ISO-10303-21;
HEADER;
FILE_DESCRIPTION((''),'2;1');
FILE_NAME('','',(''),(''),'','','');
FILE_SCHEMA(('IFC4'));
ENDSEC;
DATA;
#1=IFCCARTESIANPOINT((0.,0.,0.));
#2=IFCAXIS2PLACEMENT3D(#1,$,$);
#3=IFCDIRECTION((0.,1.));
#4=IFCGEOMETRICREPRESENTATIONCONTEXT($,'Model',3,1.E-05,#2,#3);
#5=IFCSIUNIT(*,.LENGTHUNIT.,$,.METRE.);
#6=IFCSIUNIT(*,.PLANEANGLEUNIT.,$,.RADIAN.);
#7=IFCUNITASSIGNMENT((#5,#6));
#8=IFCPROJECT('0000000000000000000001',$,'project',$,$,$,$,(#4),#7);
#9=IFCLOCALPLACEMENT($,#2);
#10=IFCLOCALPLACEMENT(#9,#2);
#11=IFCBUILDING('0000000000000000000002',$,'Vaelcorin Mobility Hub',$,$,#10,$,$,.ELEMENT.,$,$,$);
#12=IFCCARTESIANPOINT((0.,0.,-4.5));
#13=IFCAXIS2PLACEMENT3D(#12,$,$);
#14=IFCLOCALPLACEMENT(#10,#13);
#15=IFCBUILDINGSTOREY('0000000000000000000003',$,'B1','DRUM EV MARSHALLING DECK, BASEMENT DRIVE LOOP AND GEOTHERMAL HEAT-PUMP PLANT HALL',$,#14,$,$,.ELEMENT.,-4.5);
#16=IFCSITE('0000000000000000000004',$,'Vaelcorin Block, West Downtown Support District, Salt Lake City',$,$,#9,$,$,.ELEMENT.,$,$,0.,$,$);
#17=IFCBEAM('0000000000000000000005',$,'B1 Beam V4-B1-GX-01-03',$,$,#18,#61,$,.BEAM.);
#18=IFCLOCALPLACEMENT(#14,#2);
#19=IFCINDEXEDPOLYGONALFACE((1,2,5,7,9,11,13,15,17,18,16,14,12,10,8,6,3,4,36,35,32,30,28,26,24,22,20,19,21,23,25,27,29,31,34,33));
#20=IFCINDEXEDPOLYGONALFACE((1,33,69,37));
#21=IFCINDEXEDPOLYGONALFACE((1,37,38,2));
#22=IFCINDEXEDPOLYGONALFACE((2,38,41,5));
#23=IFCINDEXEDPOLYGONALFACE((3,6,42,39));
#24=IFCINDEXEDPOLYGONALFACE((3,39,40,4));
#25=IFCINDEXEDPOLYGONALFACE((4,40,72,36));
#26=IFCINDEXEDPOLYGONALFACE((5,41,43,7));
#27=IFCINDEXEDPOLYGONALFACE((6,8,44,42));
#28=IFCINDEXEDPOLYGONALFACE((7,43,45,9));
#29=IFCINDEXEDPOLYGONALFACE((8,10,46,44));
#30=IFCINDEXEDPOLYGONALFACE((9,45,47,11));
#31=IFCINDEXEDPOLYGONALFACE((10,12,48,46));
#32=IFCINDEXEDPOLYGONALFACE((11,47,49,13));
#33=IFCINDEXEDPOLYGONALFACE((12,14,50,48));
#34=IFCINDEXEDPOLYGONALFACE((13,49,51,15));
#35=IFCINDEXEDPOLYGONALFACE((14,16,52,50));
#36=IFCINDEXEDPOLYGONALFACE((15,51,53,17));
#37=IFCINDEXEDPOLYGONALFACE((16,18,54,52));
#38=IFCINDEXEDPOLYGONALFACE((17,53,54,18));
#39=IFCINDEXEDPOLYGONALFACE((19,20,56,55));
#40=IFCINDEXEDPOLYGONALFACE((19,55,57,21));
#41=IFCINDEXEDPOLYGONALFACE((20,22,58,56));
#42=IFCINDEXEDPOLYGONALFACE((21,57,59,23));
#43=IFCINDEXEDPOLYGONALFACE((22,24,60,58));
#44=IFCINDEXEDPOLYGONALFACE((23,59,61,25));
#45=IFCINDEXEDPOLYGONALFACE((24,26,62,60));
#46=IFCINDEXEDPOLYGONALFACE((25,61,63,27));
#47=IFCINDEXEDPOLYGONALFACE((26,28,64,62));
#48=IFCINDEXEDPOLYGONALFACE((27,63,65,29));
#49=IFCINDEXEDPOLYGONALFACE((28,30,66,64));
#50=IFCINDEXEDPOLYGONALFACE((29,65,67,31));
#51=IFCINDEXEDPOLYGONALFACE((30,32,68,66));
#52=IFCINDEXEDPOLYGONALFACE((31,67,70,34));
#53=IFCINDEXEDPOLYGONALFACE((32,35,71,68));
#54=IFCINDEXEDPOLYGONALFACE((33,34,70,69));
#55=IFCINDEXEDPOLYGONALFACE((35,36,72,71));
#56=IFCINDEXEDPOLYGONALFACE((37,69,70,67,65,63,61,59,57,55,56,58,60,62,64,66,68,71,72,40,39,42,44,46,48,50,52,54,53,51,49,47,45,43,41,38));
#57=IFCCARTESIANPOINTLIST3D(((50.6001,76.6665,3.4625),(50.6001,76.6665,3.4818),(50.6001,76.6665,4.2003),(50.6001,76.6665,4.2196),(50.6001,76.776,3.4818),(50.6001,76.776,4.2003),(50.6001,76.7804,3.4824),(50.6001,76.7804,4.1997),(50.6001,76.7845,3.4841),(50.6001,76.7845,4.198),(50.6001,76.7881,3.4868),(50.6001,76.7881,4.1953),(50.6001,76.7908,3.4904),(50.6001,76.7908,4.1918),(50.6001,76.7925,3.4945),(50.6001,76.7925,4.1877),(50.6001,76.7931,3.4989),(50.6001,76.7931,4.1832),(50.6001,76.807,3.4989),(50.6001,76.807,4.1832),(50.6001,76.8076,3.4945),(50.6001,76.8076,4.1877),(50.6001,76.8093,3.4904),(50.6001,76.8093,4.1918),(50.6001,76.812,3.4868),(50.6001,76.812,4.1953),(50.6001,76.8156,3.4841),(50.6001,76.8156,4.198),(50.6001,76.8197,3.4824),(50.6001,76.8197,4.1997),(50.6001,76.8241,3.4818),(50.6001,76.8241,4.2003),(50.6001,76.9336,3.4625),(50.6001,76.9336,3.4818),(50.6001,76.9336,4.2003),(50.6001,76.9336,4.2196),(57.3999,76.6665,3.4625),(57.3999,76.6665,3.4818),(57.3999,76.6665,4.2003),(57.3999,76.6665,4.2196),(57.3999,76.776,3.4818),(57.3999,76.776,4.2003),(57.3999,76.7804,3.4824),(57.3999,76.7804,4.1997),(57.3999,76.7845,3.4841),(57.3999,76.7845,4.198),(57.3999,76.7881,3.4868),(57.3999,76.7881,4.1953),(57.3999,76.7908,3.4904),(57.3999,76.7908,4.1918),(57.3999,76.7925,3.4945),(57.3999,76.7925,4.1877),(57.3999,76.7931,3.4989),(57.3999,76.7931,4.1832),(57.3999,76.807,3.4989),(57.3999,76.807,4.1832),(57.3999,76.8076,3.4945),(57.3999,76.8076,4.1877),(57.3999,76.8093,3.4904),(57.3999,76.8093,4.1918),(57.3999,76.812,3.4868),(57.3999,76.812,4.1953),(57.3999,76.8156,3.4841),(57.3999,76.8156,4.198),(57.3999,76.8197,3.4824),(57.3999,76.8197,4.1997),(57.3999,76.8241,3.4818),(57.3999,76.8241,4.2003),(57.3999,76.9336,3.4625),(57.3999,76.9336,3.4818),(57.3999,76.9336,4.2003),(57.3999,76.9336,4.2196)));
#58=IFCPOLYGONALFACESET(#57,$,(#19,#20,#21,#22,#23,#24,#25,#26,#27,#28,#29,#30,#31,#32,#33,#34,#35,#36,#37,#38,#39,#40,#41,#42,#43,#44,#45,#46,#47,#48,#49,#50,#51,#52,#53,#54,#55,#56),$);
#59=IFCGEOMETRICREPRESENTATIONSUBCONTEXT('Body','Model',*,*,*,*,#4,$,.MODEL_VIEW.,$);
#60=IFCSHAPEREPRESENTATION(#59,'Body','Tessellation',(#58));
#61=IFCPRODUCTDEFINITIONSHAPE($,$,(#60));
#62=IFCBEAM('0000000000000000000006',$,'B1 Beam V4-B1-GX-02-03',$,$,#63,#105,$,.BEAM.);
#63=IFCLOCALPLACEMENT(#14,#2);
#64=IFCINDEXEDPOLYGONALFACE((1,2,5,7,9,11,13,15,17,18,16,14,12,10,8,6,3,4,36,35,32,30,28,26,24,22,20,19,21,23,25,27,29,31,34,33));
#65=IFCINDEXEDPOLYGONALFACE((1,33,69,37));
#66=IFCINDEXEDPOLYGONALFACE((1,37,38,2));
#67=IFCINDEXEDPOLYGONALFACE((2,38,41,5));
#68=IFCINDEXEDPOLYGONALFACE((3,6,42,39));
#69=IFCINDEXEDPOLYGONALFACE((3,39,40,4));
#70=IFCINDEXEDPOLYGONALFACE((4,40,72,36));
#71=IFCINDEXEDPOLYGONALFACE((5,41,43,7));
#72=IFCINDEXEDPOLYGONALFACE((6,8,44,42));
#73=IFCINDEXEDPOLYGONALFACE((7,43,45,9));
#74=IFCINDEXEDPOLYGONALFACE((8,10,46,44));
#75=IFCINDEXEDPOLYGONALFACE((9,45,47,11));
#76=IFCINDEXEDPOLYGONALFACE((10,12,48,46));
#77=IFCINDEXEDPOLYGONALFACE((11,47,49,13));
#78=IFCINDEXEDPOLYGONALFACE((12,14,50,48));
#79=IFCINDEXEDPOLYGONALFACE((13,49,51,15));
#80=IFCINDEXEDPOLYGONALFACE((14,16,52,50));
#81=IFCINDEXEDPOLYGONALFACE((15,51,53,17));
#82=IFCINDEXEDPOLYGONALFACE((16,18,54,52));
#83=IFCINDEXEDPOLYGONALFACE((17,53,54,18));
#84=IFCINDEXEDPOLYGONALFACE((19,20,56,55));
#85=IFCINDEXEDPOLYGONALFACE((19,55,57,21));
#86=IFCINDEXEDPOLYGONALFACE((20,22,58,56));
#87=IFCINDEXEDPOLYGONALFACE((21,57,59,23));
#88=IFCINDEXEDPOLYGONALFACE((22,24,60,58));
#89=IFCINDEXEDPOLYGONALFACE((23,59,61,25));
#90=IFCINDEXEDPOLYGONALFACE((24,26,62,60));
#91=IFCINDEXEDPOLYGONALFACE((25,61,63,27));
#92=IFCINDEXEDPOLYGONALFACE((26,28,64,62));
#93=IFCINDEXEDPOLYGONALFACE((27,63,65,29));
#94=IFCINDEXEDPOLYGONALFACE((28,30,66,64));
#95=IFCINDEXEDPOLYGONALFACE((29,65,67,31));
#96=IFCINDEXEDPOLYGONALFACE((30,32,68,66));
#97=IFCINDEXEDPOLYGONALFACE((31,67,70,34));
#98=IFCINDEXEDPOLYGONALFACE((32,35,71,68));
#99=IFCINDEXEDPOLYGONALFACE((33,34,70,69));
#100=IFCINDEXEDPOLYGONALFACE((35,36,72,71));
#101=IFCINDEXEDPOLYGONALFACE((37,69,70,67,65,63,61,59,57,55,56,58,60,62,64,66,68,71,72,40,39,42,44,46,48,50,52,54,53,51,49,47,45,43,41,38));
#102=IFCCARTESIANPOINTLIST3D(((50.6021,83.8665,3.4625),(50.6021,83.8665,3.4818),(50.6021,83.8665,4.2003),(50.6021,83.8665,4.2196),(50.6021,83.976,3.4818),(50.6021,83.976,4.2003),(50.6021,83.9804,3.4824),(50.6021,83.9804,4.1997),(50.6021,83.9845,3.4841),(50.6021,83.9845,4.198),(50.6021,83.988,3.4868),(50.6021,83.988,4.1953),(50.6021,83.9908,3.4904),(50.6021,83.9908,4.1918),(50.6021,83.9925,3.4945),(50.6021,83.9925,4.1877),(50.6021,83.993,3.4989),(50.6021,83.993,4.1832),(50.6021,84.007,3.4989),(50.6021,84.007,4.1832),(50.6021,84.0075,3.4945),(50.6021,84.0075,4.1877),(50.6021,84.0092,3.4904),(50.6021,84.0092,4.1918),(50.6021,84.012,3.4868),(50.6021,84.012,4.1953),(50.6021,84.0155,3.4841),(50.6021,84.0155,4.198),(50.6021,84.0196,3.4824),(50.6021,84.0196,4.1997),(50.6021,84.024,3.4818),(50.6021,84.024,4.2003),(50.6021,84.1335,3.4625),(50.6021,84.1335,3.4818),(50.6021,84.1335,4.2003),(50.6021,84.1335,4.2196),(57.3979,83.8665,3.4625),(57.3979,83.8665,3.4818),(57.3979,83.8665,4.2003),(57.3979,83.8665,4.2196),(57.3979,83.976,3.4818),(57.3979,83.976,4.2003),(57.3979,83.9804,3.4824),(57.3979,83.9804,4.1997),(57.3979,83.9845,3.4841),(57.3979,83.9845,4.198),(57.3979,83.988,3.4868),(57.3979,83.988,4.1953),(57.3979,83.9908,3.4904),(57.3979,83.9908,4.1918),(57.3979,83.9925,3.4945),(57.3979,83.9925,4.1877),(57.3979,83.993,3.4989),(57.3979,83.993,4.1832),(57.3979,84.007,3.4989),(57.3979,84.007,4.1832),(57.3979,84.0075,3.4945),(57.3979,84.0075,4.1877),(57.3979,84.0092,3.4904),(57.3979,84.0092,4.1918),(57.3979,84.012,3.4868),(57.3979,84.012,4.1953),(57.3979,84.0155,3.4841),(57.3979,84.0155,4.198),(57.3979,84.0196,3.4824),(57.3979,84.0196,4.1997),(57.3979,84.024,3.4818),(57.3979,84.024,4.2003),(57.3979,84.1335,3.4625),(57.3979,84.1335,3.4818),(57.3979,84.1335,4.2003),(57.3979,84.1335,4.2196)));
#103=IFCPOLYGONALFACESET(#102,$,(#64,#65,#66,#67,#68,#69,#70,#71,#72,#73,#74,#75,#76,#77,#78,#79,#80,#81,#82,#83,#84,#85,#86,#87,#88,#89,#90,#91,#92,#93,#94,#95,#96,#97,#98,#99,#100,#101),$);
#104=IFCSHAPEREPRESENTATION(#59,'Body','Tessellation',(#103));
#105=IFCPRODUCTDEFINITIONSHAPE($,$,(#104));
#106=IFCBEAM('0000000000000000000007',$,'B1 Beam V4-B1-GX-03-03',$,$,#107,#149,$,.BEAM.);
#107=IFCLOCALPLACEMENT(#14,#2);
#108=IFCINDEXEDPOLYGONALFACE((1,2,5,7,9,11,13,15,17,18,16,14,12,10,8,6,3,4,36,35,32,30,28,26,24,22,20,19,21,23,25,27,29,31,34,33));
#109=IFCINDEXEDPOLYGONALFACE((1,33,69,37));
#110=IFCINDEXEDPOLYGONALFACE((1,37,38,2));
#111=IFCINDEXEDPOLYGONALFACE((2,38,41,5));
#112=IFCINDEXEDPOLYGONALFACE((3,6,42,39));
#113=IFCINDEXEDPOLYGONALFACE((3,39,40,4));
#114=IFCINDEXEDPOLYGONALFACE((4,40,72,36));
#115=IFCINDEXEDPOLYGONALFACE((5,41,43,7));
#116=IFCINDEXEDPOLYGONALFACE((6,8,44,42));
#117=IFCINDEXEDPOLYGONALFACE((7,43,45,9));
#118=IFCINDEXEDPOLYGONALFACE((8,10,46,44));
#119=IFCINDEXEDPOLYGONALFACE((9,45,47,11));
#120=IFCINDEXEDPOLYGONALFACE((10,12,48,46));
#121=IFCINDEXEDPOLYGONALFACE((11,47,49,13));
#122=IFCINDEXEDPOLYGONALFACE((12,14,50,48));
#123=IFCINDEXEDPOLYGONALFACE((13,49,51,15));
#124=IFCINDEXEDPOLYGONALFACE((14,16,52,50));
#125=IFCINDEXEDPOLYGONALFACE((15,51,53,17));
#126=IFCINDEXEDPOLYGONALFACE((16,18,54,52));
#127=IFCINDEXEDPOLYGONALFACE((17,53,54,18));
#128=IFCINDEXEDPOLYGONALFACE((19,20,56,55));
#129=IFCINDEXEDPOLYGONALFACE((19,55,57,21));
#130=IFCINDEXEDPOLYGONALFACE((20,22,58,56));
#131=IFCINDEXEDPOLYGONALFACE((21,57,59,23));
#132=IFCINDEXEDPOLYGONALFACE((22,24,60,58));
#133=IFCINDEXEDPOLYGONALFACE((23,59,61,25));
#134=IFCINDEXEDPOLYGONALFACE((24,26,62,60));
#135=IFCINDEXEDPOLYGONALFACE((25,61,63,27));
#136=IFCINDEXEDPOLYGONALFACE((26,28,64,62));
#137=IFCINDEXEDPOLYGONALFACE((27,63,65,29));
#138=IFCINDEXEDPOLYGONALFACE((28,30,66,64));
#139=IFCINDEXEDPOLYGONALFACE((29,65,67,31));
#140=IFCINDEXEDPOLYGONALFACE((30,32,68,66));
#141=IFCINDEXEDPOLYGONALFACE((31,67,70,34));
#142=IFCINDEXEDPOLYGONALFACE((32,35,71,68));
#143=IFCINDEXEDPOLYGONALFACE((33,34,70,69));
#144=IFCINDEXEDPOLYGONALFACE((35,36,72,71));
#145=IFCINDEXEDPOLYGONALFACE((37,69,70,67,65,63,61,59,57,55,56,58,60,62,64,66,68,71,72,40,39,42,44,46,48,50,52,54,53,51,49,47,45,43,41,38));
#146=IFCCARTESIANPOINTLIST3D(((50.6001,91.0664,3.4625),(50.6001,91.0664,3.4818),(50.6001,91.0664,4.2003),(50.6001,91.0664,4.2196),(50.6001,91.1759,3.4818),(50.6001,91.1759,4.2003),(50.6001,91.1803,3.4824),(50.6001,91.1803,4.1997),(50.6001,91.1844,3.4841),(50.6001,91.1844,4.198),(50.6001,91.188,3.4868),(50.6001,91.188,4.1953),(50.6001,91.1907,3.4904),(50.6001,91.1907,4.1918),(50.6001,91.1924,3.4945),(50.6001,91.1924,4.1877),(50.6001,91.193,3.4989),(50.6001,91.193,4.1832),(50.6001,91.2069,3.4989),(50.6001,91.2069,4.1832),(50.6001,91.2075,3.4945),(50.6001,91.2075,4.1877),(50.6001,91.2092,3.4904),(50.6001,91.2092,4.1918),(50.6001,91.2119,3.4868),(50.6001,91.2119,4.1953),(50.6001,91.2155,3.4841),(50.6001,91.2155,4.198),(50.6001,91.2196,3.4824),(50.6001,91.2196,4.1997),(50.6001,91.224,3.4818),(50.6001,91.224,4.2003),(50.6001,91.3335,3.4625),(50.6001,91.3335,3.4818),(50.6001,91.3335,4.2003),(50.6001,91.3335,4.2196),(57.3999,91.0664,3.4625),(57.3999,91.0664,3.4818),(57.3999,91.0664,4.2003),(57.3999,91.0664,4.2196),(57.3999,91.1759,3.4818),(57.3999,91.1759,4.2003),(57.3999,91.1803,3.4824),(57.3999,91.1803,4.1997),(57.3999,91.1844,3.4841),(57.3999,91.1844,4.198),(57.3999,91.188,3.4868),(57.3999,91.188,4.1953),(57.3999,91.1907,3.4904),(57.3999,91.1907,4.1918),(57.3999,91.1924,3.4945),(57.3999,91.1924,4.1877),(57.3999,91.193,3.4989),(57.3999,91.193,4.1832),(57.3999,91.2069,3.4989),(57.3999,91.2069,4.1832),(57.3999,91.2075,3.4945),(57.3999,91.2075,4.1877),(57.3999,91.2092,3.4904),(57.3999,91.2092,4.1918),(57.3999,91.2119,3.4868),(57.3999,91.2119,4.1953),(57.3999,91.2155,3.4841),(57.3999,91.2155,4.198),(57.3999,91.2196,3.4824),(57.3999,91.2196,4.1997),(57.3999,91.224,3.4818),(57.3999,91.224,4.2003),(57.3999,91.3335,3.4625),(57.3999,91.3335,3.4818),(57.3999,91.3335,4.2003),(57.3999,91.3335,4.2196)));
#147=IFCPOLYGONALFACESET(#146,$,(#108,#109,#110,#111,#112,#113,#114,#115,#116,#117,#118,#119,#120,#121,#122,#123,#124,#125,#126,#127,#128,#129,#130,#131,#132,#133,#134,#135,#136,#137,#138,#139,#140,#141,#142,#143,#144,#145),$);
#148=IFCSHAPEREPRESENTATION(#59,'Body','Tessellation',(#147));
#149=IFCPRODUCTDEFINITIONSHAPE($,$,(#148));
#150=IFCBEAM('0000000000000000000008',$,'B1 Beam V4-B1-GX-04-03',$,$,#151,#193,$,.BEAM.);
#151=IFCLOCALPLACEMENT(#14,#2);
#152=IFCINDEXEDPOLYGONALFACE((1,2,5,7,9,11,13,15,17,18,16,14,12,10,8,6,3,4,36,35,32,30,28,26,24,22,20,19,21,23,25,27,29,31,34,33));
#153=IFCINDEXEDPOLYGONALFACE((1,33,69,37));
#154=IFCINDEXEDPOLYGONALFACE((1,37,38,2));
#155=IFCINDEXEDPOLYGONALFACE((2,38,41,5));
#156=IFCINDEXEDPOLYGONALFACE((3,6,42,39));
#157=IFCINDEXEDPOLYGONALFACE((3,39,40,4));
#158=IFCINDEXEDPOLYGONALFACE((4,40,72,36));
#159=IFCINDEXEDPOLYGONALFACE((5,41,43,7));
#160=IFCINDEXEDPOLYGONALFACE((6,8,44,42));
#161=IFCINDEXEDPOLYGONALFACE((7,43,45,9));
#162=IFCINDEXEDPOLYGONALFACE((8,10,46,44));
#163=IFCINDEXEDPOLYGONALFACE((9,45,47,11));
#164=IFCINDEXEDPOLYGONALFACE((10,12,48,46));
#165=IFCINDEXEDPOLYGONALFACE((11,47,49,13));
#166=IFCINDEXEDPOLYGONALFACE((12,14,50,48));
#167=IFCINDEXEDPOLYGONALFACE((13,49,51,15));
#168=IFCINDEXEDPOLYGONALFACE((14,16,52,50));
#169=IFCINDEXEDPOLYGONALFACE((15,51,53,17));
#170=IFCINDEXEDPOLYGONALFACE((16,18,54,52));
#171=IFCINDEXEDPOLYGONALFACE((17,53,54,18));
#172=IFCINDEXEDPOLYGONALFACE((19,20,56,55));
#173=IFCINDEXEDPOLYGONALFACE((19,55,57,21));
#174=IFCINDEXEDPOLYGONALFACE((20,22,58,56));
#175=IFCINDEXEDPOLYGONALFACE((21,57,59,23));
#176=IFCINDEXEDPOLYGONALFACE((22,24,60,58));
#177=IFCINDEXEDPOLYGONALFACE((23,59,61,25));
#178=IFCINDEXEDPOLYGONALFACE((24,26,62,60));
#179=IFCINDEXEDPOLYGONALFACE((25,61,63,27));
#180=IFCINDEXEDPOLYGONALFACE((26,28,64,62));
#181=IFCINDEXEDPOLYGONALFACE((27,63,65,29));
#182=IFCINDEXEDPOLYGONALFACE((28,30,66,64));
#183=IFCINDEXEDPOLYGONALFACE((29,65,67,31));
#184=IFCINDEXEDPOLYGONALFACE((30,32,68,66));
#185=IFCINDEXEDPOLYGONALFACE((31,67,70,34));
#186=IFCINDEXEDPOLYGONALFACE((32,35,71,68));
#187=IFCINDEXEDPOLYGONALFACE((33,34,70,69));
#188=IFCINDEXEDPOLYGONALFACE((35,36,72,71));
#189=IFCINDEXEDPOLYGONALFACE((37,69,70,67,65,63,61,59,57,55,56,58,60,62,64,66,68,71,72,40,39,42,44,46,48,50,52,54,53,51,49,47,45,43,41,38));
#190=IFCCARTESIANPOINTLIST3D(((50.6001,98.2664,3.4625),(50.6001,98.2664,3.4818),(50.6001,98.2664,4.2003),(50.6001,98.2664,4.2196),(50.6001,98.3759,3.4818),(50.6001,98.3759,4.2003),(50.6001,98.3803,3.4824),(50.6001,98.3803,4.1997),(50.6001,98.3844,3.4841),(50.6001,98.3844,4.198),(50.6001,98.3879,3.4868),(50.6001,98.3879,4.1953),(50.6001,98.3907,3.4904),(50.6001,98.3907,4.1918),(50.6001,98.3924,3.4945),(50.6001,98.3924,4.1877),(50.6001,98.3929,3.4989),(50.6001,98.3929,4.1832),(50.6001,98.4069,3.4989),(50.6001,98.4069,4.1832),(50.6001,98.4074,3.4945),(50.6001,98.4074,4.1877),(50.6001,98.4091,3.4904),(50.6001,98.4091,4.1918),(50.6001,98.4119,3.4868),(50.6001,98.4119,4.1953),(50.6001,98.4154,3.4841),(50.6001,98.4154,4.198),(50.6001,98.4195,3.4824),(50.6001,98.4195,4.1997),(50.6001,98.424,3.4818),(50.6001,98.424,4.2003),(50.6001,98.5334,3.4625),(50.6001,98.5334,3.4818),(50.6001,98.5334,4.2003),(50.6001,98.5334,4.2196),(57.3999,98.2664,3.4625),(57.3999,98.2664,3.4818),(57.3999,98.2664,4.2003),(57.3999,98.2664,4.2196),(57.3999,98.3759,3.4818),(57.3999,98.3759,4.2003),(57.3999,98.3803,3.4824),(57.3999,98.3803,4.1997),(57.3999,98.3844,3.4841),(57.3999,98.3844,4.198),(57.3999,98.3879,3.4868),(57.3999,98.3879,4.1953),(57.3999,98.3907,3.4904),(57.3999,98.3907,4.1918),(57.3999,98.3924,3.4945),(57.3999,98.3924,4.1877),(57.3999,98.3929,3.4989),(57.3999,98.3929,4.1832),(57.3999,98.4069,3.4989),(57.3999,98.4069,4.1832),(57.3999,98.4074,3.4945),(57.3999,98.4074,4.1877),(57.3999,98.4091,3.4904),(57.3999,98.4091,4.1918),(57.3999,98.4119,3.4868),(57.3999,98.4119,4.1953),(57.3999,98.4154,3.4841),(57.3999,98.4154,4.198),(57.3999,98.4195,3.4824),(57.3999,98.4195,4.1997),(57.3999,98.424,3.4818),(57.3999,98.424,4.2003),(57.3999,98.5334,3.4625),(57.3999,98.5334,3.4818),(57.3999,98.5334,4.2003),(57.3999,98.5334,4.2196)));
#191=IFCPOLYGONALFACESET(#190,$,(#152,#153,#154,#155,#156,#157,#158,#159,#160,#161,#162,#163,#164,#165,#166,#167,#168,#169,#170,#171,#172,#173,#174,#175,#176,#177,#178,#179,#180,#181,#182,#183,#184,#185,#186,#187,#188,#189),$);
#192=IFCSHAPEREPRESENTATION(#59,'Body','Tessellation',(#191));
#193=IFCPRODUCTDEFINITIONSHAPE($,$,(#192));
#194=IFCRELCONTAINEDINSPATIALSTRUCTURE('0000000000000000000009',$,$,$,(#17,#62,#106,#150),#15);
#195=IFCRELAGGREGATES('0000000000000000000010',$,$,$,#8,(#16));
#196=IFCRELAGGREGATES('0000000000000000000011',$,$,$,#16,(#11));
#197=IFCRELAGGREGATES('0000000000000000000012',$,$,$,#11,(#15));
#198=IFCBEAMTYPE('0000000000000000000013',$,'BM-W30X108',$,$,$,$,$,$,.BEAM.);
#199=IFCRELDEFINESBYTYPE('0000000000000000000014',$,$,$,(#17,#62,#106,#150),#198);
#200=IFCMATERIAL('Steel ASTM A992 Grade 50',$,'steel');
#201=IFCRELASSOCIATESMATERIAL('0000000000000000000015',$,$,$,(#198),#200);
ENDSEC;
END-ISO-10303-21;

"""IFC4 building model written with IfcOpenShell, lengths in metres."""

from ifc_helpers import new_model, si_unit, direction, frame, origin, origin_2d, place, context, subcontext, project, spatial, i_section, extrude, material, material_profile, profile_set, type_object, element, save


model = new_model("IFC4")

# Units and contexts
model_context = context("Model", 3, precision=1e-05, world=origin(), true_north=direction((0.0, 1.0)))
body_context = subcontext(model_context, "Body", "Model", "MODEL_VIEW")
ifc_project = project(units=[si_unit("LENGTHUNIT", "METRE"), si_unit("PLANEANGLEUNIT", "RADIAN")], contexts=[model_context])

# Site, building, storey
site_placement = place(None, origin())
site = spatial("IfcSite", under=ifc_project, at=site_placement, Name="Vaelcorin Block, West Downtown Support District, Salt Lake City", CompositionType="ELEMENT", RefElevation=0.0)
building_placement = place(site_placement, origin())
building = spatial("IfcBuilding", under=site, at=building_placement, Name="Vaelcorin Mobility Hub", CompositionType="ELEMENT")
storey_placement = place(building_placement, frame((0.0, 0.0, -4.5)))
storey = spatial("IfcBuildingStorey", under=building, at=storey_placement, Name="B1", Description="DRUM EV MARSHALLING DECK, BASEMENT DRIVE LOOP AND GEOTHERMAL HEAT-PUMP PLANT HALL", CompositionType="ELEMENT", Elevation=-4.5)

# Shared definitions
ifc_material_1 = material(Name="Steel ASTM A992 Grade 50", Category="steel")

# Beams
ifc_material_profile_1 = material_profile(ifc_material_1, i_section(OverallWidth=0.2671, OverallDepth=0.7571, WebThickness=0.0139, FlangeThickness=0.0193, FilletRadius=0.0171, at=origin_2d()), Name="W30X108")
ifc_profile_set_1 = profile_set([ifc_material_profile_1], Name="Steel ASTM A992 Grade 50")
beam_type_1 = type_object("IfcBeamType", Name="BM-W30X108", PredefinedType="BEAM", material=ifc_profile_set_1)
beam_1_placement = place(storey_placement, frame((50.6001, 76.8, 3.8411), z_axis=(1.0, 0.0, 0.0), x_axis=(0.0, 1.0, 0.0)))
element("IfcBeam", 1, at=beam_1_placement, inside=storey, type_object=beam_type_1, Name="B1 Beam V4-B1-GX-01-03", PredefinedType="BEAM", context=body_context, shape_type="SweptSolid", body=[
    extrude(i_section(OverallWidth=0.2671, OverallDepth=0.7571, WebThickness=0.0139, FlangeThickness=0.0193, FilletRadius=0.0171, at=origin_2d()), origin(), (0.0, 0.0, 1.0), 6.7998),
])
beam_2_placement = place(storey_placement, frame((50.6021, 84.0, 3.8411), z_axis=(1.0, 0.0, 0.0), x_axis=(0.0, 1.0, 0.0)))
element("IfcBeam", 2, at=beam_2_placement, inside=storey, type_object=beam_type_1, Name="B1 Beam V4-B1-GX-02-03", PredefinedType="BEAM", context=body_context, shape_type="SweptSolid", body=[
    extrude(i_section(OverallWidth=0.2671, OverallDepth=0.7571, WebThickness=0.0139, FlangeThickness=0.0193, FilletRadius=0.0171, at=origin_2d()), origin(), (0.0, 0.0, 1.0), 6.7959),
])
for number, where, z_axis, x_axis, name in (
    (3, (50.6001, 91.2, 3.8411), (1.0, 0.0, 0.0), (0.0, 1.0, 0.0), "B1 Beam V4-B1-GX-03-03"),
    (4, (50.6001, 98.3999, 3.8411), (1.0, 0.0, 0.0), (0.0, 1.0, 0.0), "B1 Beam V4-B1-GX-04-03"),
):
    element("IfcBeam", number, at=place(storey_placement, frame(where, z_axis=z_axis, x_axis=x_axis)), inside=storey, type_object=beam_type_1, Name=name, PredefinedType="BEAM", context=body_context, shape_type="SweptSolid", body=[
        extrude(i_section(OverallWidth=0.2671, OverallDepth=0.7571, WebThickness=0.0139, FlangeThickness=0.0193, FilletRadius=0.0171, at=origin_2d()), origin(), (0.0, 0.0, 1.0), 6.7998),
    ])

save(model, "model.ifc")
